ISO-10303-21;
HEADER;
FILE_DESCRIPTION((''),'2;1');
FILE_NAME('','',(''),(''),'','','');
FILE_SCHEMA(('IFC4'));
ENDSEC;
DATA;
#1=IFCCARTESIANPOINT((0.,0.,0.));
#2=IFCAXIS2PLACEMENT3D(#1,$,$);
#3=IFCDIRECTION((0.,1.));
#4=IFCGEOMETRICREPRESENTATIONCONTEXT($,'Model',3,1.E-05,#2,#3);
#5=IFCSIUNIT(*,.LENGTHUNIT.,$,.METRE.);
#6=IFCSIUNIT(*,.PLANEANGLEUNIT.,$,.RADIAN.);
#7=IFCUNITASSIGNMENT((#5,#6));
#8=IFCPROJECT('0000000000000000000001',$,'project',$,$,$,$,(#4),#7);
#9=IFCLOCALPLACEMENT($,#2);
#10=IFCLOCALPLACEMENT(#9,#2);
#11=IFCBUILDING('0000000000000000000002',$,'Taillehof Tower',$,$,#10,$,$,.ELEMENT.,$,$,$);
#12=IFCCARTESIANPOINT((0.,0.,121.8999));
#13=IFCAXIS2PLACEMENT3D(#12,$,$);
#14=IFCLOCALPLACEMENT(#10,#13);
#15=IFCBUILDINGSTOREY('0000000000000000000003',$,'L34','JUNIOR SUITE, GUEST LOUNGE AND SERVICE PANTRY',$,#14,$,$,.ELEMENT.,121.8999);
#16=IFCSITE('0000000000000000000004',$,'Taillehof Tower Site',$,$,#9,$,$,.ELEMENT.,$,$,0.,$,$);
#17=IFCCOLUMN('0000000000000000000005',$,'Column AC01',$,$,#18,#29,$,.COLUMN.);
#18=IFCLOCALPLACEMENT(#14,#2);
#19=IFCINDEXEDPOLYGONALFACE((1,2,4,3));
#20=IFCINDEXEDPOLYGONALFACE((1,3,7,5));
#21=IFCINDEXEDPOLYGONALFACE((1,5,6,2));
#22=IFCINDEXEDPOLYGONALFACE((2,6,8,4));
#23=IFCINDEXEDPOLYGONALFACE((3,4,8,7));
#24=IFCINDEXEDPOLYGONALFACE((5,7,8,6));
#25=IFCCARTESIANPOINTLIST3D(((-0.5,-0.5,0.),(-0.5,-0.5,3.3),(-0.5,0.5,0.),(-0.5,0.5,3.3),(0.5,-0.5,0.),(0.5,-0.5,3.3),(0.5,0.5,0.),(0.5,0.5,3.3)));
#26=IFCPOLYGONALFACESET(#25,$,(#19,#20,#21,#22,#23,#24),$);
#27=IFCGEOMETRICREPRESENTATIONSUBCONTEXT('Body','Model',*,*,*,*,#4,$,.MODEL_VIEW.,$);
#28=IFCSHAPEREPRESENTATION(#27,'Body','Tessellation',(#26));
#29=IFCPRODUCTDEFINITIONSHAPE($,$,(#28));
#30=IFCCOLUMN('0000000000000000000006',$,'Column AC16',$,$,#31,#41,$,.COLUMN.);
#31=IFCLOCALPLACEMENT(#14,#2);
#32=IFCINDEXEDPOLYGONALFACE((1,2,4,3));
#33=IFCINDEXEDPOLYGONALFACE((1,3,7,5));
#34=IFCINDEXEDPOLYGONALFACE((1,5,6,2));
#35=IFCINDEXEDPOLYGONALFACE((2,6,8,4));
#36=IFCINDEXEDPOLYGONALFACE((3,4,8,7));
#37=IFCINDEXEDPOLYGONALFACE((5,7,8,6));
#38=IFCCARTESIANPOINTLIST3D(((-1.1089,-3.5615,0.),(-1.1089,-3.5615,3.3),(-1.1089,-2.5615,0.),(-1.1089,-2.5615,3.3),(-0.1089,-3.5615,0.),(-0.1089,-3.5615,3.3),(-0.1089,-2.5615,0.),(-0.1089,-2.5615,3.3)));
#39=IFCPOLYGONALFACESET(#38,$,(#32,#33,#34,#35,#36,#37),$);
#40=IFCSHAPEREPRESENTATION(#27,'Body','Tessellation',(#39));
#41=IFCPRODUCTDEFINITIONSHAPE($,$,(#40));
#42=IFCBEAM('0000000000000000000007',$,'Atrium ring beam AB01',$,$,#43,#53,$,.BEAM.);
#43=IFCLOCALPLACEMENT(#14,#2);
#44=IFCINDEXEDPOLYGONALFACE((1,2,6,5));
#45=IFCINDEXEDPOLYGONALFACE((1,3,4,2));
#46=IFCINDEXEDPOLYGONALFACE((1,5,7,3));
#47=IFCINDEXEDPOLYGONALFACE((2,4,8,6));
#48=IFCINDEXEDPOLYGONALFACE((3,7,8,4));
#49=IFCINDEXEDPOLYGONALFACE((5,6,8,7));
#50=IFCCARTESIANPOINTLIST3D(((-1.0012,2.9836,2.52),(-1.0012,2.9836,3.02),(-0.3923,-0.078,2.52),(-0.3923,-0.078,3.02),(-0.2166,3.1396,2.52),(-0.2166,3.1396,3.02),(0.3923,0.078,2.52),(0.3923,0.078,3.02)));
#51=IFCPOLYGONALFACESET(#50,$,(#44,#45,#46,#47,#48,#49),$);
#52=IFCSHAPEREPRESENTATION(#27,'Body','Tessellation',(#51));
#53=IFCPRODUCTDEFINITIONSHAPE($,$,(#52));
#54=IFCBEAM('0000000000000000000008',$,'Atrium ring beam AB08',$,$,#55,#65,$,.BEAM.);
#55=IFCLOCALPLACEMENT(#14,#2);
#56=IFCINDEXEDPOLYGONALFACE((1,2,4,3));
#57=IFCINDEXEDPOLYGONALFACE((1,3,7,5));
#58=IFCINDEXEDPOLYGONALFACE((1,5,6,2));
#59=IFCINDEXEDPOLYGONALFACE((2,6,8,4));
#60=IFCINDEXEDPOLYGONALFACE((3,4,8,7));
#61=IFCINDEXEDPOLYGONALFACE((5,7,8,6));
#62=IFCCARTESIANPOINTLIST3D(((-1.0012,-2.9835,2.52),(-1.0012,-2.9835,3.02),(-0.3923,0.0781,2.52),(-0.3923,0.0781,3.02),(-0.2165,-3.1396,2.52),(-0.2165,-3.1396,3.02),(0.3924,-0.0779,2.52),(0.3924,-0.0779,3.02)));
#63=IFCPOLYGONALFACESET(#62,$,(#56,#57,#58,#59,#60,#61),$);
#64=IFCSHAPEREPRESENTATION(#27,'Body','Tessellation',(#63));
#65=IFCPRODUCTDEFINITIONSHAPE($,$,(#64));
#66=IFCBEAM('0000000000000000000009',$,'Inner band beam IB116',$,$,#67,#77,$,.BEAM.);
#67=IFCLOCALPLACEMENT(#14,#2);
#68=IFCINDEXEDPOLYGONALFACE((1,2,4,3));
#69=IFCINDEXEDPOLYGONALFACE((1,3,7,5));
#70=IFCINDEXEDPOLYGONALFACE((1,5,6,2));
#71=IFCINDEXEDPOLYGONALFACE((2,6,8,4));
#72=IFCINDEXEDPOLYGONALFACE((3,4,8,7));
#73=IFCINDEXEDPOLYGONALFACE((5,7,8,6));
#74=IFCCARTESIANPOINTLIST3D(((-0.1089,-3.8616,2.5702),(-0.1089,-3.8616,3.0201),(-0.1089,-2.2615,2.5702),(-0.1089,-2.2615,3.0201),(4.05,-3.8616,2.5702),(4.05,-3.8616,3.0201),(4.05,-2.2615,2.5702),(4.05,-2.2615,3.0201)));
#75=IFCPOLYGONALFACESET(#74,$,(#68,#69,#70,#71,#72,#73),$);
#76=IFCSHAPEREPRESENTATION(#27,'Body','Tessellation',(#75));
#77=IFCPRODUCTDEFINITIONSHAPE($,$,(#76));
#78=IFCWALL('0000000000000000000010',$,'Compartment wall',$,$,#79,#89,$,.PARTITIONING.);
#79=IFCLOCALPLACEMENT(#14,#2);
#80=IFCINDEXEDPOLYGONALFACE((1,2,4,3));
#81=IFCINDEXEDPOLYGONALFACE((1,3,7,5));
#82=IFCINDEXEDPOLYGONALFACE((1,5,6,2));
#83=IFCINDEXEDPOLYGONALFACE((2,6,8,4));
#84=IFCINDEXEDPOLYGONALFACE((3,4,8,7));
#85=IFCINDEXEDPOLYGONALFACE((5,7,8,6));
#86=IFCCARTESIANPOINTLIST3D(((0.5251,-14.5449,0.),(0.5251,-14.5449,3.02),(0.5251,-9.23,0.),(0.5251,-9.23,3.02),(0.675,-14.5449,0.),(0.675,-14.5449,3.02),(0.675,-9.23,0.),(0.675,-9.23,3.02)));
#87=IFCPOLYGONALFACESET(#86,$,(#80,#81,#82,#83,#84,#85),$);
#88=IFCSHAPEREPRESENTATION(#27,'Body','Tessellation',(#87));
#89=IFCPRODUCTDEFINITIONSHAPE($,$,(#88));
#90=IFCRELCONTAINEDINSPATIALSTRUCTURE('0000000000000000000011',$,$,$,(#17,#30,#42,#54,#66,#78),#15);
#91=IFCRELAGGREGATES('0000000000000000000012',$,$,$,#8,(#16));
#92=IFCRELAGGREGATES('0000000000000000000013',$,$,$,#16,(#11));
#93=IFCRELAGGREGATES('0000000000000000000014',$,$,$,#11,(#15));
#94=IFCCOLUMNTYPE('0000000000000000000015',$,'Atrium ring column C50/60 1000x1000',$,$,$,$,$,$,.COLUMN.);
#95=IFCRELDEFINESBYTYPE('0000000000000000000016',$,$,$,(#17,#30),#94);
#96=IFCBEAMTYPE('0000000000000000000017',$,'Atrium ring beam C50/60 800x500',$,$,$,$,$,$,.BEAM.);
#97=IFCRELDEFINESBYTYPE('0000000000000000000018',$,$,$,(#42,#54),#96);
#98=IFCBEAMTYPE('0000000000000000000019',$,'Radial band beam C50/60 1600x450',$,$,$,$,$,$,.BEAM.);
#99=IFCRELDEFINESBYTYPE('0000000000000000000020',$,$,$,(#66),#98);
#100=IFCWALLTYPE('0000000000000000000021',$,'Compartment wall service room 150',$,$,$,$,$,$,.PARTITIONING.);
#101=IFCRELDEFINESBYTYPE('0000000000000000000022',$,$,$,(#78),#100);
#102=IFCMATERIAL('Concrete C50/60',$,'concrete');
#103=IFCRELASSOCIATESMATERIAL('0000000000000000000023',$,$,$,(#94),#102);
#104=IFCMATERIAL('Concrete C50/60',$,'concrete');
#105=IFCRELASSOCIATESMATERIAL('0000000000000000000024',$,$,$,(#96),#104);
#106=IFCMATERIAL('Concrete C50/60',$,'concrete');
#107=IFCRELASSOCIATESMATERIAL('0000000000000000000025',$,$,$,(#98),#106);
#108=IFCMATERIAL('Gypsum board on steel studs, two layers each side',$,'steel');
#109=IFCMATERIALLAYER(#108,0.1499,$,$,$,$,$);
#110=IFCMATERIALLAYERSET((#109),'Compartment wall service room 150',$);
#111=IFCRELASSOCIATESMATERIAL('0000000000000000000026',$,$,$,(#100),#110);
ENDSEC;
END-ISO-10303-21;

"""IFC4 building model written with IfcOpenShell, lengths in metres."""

from ifc_helpers import new_model, si_unit, direction, frame, frame_2d, origin, origin_2d, place, context, subcontext, project, spatial, rectangle, extrude, material, layer, layer_set, material_profile, profile_set, type_object, element, save


model = new_model("IFC4")

# Units and contexts
model_context = context("Model", 3, precision=1e-05, world=origin(), true_north=direction((0.0, 1.0)))
body_context = subcontext(model_context, "Body", "Model", "MODEL_VIEW")
ifc_project = project(units=[si_unit("LENGTHUNIT", "METRE"), si_unit("PLANEANGLEUNIT", "RADIAN")], contexts=[model_context])

# Site, building, storey
site_placement = place(None, origin())
site = spatial("IfcSite", under=ifc_project, at=site_placement, Name="Taillehof Tower Site", CompositionType="ELEMENT", RefElevation=0.0)
building_placement = place(site_placement, origin())
building = spatial("IfcBuilding", under=site, at=building_placement, Name="Taillehof Tower", CompositionType="ELEMENT")
storey_placement = place(building_placement, frame((0.0, 0.0, 121.8999)))
storey = spatial("IfcBuildingStorey", under=building, at=storey_placement, Name="L34", Description="JUNIOR SUITE, GUEST LOUNGE AND SERVICE PANTRY", CompositionType="ELEMENT", Elevation=121.8999)

# Columns
ifc_material_1 = material(Name="Concrete C50/60", Category="concrete")
ifc_material_profile_1 = material_profile(ifc_material_1, rectangle(XDim=1.0, YDim=1.0, at=origin_2d()), Name="RC 1000x1000")
ifc_profile_set_1 = profile_set([ifc_material_profile_1], Name="Concrete C50/60")
column_type = type_object("IfcColumnType", Name="Atrium ring column C50/60 1000x1000", PredefinedType="COLUMN", material=ifc_profile_set_1)
for number, where, z_axis, x_axis, name in (
    (1, (0.0, 0.0, 0.0), (0.0, 0.0, 1.0), (1.0, 0.0, 0.0), "Column AC01"),
    (2, (-0.6089, -3.0615, 0.0), (0.0, 0.0, 1.0), (1.0, 0.0, 0.0), "Column AC16"),
):
    element("IfcColumn", number, at=place(storey_placement, frame(where, z_axis=z_axis, x_axis=x_axis)), inside=storey, type_object=column_type, Name=name, PredefinedType="COLUMN", context=body_context, shape_type="SweptSolid", body=[
        extrude(rectangle(XDim=1.0, YDim=1.0, at=origin_2d()), origin(), (0.0, 0.0, 1.0), 3.3),
    ])

# Beams
ifc_material_2 = material(Name="Concrete C50/60", Category="concrete")
ifc_material_profile_2 = material_profile(ifc_material_2, rectangle(XDim=0.8, YDim=0.5, at=origin_2d()), Name="RC 800x500")
ifc_profile_set_2 = profile_set([ifc_material_profile_2], Name="Concrete C50/60")
beam_type_1 = type_object("IfcBeamType", Name="Atrium ring beam C50/60 800x500", PredefinedType="BEAM", material=ifc_profile_set_2)
for number, where, z_axis, x_axis, name in (
    (3, (0.0, 0.0, 2.77), (-0.195063, 0.980791, 0.0), (-0.980791, -0.195063, 0.0), "Atrium ring beam AB01"),
    (4, (-0.6089, -3.0615, 2.77), (0.195063, 0.980791, 0.0), (-0.980791, 0.195063, 0.0), "Atrium ring beam AB08"),
):
    element("IfcBeam", number, at=place(storey_placement, frame(where, z_axis=z_axis, x_axis=x_axis)), inside=storey, type_object=beam_type_1, Name=name, PredefinedType="BEAM", context=body_context, shape_type="SweptSolid", body=[
        extrude(rectangle(XDim=0.8, YDim=0.5, at=origin_2d()), origin(), (0.0, 0.0, 1.0), 3.1216),
    ])
ifc_material_3 = material(Name="Concrete C50/60", Category="concrete")
ifc_material_profile_3 = material_profile(ifc_material_3, rectangle(XDim=1.6001, YDim=0.45, at=origin_2d()), Name="RC 1600x450")
ifc_profile_set_3 = profile_set([ifc_material_profile_3], Name="Concrete C50/60")
beam_type_2 = type_object("IfcBeamType", Name="Radial band beam C50/60 1600x450", PredefinedType="BEAM", material=ifc_profile_set_3)
beam_placement = place(storey_placement, frame((-0.1089, -3.0615, 2.7952), z_axis=(1.0, 0.0, 0.0), x_axis=(0.0, 1.0, 0.0)))
element("IfcBeam", 5, at=beam_placement, inside=storey, type_object=beam_type_2, Name="Inner band beam IB116", PredefinedType="BEAM", context=body_context, shape_type="SweptSolid", body=[
    extrude(rectangle(XDim=1.6001, YDim=0.45, at=origin_2d()), origin(), (0.0, 0.0, 1.0), 4.1589),
])

# Wall
ifc_material_4 = material(Name="Gypsum board on steel studs, two layers each side", Category="steel")
ifc_layer_1 = layer(ifc_material_4, 0.1499)
ifc_layer_set_1 = layer_set([ifc_layer_1], Name="Compartment wall service room 150")
wall_type_1 = type_object("IfcWallType", Name="Compartment wall service room 150", PredefinedType="PARTITIONING", material=ifc_layer_set_1)
wall_1_placement = place(storey_placement, frame((0.6001, -9.23, 0.0), z_axis=(0.0, 0.0, 1.0), x_axis=(0.0, -1.0, 0.0)))
element("IfcWall", 6, at=wall_1_placement, inside=storey, type_object=wall_type_1, Name="Compartment wall", PredefinedType="PARTITIONING", context=body_context, shape_type="SweptSolid", body=[
    extrude(rectangle(XDim=5.3149, YDim=0.1499, at=frame_2d((2.6575, 0.0))), origin(), (0.0, 0.0, 1.0), 3.02),
])

save(model, "model.ifc")
